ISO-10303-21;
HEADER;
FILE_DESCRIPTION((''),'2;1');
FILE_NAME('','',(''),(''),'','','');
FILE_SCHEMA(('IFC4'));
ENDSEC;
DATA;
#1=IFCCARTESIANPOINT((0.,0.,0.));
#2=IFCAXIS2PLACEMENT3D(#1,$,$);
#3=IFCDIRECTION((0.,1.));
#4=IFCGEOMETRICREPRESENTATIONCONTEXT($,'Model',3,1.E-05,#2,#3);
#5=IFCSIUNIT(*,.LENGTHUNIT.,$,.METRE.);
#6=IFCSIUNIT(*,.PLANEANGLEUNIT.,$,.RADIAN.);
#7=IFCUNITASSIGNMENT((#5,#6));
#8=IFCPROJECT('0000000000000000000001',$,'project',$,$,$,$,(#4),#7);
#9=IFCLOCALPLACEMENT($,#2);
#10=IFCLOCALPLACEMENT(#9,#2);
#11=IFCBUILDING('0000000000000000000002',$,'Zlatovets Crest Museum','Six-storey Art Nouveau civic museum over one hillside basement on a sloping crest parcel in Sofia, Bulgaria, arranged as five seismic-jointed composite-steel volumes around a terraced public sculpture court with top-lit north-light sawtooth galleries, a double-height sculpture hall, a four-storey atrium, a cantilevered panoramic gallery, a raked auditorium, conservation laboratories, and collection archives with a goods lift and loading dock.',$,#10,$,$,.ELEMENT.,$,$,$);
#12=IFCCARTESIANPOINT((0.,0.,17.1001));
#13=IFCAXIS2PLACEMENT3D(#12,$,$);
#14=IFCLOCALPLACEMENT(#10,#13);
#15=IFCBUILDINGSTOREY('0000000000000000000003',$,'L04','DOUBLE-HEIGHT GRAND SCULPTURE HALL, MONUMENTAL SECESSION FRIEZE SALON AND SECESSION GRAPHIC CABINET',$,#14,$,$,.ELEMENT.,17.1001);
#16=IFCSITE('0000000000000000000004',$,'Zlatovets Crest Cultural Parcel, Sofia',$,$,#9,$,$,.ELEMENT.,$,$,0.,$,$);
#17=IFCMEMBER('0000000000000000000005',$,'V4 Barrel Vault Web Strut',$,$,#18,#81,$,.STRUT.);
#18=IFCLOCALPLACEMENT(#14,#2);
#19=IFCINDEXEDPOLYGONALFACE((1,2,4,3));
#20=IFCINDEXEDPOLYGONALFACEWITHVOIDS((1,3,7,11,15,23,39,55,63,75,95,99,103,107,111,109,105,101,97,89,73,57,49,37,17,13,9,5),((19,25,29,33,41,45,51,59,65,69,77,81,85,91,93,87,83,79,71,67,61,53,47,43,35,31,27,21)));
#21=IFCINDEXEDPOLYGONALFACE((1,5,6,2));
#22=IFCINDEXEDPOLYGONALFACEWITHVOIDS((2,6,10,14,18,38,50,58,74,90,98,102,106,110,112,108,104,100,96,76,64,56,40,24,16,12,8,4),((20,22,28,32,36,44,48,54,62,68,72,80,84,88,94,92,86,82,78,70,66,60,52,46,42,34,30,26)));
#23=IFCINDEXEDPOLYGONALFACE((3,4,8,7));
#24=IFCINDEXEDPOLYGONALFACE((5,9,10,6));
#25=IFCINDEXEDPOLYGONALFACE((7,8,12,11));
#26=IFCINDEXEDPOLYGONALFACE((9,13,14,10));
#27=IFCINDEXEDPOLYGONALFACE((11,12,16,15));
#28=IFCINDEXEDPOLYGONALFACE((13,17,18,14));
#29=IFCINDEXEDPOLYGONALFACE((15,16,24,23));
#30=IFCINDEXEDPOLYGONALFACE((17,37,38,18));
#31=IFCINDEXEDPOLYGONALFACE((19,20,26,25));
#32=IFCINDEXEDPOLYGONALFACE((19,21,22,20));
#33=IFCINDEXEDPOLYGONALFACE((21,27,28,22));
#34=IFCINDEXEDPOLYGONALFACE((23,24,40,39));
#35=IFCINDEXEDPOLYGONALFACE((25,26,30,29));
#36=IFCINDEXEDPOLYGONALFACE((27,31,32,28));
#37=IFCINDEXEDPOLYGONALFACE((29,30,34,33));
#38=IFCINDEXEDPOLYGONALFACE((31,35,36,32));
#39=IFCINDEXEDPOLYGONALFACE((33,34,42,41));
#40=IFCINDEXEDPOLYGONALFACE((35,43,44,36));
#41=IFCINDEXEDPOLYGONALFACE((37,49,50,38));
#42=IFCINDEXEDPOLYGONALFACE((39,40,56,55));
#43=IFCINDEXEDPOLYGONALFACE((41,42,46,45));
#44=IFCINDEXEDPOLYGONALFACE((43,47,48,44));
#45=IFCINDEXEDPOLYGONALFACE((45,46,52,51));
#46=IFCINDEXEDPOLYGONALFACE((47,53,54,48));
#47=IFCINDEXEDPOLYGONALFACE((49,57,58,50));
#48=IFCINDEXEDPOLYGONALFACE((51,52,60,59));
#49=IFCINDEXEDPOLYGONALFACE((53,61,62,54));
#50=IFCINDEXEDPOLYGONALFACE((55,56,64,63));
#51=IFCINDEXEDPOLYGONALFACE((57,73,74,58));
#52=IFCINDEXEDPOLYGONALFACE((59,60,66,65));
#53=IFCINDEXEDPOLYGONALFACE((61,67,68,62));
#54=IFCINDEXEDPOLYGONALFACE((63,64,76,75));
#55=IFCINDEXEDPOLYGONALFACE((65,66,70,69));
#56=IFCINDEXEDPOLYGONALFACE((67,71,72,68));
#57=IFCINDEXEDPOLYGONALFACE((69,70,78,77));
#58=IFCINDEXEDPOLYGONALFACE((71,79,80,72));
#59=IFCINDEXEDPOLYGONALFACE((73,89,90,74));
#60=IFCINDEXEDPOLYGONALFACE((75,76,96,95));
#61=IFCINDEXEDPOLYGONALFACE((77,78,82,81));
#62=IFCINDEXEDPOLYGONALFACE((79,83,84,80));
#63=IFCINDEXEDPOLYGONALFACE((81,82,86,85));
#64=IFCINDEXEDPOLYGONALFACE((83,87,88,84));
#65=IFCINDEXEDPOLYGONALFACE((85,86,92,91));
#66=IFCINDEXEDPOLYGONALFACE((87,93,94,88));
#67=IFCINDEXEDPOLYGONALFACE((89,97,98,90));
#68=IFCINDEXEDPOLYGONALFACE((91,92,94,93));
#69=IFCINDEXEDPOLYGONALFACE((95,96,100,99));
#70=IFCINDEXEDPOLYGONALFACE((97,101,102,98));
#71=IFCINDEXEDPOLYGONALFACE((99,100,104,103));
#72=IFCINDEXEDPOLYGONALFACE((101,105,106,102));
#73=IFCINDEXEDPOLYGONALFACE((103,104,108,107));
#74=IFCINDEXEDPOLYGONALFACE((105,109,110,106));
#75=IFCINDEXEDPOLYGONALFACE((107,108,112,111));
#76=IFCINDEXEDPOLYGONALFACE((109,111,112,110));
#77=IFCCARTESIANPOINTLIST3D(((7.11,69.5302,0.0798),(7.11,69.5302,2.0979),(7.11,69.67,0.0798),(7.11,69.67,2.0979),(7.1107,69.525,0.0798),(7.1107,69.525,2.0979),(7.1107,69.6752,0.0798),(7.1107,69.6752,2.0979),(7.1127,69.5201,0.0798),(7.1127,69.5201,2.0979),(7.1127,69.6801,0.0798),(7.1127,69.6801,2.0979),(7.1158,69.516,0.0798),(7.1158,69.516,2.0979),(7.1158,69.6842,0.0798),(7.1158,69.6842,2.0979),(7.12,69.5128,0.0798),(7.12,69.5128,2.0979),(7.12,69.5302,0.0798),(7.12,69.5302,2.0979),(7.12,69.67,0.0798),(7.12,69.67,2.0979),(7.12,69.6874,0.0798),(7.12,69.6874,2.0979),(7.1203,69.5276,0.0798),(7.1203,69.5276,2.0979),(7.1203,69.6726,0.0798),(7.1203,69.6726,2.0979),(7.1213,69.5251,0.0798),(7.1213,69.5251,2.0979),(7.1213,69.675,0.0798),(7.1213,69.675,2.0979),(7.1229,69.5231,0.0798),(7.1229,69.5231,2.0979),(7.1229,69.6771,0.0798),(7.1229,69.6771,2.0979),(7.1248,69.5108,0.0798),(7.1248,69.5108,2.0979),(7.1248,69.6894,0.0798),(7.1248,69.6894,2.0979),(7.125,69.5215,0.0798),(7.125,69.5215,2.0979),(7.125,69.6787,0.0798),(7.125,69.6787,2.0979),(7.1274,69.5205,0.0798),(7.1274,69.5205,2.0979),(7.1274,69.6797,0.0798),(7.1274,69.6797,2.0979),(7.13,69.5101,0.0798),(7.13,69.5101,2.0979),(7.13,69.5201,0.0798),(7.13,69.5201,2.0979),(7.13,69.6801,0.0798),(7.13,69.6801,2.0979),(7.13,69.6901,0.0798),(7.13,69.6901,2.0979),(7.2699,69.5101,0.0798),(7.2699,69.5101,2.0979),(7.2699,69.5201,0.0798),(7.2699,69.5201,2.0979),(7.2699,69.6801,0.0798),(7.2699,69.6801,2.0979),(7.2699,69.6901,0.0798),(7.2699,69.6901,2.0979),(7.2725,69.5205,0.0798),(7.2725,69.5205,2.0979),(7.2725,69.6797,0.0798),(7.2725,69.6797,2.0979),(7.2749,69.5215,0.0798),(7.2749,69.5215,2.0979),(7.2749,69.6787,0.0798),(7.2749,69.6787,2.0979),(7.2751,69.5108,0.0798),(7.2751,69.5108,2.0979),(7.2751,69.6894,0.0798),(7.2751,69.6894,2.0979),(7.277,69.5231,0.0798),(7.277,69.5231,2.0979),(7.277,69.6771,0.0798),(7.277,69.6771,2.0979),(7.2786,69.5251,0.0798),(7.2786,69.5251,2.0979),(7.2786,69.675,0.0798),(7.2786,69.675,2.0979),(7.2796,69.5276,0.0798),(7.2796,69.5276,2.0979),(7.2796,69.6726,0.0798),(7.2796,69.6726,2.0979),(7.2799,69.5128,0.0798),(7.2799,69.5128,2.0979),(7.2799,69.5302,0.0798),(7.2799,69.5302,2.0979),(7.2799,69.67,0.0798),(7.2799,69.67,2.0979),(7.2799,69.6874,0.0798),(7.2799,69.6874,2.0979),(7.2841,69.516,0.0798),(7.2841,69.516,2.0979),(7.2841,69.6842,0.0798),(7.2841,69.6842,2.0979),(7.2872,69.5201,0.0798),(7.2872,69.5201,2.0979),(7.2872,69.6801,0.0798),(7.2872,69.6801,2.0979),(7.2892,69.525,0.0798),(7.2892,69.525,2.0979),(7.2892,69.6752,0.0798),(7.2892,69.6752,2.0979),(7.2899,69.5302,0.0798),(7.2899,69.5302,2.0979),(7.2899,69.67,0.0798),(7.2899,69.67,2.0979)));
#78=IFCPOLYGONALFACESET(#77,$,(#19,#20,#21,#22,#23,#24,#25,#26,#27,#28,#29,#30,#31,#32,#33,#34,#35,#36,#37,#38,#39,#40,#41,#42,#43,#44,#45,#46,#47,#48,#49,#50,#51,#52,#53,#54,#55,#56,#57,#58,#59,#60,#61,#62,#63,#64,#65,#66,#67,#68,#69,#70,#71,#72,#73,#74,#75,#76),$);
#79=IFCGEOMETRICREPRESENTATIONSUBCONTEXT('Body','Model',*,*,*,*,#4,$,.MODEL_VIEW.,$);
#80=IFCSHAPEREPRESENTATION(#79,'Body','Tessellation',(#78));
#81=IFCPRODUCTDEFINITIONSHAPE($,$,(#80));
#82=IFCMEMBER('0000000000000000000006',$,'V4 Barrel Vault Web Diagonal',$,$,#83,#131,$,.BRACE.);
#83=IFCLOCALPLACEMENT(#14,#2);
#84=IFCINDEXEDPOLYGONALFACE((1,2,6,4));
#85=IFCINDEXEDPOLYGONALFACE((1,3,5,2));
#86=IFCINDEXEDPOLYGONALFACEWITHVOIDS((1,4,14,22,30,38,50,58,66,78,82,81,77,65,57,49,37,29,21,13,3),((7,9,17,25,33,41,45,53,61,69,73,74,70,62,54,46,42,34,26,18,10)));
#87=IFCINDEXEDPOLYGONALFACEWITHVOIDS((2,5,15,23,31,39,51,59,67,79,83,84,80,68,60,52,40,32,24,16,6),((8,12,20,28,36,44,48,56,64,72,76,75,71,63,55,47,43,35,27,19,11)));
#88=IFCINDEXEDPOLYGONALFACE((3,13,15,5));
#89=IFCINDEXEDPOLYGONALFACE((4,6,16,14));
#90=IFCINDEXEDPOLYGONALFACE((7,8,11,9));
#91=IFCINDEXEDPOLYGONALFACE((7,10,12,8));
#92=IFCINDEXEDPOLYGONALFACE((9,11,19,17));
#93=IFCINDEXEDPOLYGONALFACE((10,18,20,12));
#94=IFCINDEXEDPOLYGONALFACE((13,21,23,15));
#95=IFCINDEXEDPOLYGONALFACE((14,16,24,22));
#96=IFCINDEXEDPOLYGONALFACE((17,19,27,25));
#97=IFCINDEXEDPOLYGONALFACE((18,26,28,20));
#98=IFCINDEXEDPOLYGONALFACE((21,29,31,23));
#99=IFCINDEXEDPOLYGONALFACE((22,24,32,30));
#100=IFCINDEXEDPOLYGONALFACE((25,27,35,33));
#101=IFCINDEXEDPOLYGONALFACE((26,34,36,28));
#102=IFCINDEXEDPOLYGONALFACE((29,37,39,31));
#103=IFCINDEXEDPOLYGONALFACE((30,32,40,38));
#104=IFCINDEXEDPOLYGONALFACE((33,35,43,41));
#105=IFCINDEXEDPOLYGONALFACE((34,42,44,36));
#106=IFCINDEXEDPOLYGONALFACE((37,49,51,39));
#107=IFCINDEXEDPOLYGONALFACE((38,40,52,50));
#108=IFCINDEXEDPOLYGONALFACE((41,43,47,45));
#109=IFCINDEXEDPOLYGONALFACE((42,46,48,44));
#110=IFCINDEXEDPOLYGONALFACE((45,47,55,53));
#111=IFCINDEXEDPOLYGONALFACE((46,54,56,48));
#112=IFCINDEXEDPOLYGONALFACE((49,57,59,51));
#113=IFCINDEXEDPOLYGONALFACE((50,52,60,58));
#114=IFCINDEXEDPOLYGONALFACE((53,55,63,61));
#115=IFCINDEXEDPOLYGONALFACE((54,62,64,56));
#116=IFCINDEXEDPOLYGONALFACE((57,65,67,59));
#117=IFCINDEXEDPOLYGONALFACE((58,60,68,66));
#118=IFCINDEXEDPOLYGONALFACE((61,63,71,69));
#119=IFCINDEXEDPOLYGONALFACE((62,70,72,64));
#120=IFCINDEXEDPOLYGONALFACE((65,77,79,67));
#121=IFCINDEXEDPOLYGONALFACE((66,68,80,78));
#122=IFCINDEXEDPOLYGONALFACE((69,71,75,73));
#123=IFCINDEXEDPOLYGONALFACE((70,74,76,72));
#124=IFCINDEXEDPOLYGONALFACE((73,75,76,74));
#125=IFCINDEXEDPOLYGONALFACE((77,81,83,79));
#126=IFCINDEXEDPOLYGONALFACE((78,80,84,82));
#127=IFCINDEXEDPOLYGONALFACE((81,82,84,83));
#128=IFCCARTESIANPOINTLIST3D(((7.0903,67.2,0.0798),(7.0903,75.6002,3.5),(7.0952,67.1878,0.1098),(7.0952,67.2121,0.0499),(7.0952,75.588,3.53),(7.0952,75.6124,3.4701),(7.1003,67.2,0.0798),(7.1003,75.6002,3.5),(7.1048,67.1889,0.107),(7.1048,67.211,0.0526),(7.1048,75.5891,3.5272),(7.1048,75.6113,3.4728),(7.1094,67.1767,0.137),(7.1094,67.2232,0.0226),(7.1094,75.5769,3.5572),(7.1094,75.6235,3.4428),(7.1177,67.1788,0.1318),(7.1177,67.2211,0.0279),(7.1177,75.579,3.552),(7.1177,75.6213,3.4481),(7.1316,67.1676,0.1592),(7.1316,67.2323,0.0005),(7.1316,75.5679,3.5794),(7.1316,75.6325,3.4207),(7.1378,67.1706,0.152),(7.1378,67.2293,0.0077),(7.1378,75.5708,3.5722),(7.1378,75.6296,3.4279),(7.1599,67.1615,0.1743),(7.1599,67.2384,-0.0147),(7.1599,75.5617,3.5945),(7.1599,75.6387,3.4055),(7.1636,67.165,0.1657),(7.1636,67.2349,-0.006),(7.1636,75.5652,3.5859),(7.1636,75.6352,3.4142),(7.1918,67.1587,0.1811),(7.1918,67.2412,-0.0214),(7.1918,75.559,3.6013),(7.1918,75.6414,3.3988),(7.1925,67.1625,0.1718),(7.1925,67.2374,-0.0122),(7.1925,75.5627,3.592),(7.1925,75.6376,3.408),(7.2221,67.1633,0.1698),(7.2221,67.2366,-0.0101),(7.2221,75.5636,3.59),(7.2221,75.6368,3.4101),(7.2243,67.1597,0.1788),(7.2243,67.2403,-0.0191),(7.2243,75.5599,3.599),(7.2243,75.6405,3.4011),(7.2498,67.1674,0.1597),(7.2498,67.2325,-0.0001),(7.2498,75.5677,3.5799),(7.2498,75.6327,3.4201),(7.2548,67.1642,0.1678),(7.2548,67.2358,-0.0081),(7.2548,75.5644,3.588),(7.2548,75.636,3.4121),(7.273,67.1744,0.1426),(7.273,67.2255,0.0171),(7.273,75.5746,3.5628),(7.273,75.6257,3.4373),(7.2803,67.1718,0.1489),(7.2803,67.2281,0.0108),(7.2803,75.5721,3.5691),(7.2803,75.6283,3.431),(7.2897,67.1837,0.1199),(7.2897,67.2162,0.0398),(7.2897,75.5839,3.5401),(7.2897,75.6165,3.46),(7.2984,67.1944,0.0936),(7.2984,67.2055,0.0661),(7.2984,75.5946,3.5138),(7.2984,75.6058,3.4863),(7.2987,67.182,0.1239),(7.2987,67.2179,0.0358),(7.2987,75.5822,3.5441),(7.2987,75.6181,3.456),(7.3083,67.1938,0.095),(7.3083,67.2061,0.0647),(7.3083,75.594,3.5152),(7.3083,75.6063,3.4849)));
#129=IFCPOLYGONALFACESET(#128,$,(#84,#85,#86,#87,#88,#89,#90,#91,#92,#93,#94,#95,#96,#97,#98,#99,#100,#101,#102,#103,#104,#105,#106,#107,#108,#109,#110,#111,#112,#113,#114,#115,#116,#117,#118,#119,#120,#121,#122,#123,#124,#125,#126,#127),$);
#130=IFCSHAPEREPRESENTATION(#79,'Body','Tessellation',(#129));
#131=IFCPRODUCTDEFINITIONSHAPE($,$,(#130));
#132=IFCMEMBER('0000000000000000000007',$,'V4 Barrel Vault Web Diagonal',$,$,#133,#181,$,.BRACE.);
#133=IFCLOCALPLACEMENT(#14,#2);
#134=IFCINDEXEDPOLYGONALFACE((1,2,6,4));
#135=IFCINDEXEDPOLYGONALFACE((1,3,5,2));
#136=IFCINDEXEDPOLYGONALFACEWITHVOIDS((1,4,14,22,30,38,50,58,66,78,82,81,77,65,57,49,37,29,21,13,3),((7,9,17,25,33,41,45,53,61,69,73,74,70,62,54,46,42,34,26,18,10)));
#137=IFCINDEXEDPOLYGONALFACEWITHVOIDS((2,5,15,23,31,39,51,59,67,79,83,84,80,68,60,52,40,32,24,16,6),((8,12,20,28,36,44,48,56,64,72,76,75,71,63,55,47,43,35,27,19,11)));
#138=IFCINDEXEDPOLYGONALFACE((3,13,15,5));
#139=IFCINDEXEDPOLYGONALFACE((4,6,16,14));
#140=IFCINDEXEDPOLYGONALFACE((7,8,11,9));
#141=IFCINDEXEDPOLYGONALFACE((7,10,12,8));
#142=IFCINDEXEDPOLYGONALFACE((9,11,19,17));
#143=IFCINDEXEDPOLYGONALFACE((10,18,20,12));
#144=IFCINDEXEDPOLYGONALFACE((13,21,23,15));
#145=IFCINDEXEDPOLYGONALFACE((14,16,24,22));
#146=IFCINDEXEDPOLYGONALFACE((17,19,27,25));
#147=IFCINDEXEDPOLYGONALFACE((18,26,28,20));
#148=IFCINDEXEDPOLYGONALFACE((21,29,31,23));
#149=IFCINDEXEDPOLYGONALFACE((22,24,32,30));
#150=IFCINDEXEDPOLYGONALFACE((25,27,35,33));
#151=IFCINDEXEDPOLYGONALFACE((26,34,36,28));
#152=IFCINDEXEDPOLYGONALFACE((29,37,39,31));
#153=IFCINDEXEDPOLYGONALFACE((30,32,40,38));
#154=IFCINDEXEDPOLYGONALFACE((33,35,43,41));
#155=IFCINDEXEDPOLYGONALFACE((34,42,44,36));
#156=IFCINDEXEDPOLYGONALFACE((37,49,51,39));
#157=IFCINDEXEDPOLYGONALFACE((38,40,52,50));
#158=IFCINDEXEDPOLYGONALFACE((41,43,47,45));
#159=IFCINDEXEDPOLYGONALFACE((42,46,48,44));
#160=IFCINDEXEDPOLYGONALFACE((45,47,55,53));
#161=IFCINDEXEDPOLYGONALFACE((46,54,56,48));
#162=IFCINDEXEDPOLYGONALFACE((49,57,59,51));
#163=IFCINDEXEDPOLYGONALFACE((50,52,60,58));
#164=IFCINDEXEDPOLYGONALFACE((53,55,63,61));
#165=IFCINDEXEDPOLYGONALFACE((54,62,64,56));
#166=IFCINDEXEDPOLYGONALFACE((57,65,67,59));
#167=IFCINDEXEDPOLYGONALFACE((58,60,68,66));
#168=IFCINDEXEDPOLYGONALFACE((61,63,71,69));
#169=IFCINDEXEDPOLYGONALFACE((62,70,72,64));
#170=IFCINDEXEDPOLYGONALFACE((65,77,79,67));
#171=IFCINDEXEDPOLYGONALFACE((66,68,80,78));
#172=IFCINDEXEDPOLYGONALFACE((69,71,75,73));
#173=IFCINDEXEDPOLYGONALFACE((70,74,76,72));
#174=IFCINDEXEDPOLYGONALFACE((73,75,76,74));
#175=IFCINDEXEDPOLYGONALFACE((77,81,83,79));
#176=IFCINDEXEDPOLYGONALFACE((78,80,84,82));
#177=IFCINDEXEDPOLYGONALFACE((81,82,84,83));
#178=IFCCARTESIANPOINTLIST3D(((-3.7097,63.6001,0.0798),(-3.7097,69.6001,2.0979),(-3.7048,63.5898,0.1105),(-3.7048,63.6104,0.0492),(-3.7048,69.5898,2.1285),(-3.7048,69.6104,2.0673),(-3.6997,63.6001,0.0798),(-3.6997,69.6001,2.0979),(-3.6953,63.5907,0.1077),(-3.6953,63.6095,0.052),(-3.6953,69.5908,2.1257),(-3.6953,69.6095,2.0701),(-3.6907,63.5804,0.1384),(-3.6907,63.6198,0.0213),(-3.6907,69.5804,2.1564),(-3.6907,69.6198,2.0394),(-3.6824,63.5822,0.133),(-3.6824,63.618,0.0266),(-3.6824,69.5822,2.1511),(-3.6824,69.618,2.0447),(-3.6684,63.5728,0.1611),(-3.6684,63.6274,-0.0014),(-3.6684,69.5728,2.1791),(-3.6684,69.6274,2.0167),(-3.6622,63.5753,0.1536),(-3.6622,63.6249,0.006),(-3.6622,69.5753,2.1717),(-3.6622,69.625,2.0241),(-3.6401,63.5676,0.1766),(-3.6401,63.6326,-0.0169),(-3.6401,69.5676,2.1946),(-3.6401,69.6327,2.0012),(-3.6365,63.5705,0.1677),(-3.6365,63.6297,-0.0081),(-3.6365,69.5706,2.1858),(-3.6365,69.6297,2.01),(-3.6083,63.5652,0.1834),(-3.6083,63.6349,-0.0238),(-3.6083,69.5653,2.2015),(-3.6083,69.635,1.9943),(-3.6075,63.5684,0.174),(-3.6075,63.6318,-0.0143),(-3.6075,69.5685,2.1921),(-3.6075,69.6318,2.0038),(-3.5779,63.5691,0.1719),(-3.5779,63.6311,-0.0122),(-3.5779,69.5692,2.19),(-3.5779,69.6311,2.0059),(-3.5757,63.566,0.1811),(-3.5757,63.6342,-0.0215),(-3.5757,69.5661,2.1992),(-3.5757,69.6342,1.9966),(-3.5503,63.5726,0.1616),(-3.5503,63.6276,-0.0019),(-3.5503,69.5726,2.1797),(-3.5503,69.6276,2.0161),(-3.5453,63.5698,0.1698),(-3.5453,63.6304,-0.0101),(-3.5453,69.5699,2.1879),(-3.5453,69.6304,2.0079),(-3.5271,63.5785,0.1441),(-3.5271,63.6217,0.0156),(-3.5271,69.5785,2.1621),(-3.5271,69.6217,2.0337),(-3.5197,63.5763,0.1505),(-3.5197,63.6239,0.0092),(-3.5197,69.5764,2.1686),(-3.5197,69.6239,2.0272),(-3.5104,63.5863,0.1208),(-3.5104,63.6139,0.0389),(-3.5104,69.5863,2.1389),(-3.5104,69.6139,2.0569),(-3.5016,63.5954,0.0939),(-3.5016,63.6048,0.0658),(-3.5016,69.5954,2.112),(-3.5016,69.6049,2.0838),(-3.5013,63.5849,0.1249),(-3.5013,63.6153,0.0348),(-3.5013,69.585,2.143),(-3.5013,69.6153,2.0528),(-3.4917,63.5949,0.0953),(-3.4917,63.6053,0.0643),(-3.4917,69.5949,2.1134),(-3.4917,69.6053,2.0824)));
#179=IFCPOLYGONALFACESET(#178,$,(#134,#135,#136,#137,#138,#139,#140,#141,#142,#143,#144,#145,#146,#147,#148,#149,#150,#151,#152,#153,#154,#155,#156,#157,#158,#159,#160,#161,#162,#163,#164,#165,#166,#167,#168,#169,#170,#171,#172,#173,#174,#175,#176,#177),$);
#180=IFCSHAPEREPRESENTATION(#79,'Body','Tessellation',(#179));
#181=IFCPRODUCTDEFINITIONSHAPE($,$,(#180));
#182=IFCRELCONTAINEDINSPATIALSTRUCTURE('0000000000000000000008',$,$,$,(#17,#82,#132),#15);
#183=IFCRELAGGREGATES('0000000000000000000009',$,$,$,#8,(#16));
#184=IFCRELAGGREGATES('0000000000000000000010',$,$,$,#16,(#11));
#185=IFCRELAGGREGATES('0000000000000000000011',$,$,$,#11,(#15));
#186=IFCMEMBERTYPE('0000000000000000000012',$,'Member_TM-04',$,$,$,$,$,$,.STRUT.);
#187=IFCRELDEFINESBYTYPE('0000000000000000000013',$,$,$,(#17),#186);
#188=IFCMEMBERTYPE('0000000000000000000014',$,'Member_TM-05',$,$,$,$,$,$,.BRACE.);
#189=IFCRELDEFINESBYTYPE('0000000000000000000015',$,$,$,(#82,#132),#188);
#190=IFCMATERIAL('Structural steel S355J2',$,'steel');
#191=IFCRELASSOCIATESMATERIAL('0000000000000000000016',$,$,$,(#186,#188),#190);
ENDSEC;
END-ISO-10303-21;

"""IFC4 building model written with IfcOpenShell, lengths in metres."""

from ifc_helpers import new_model, si_unit, direction, frame, origin, origin_2d, place, context, subcontext, project, spatial, hollow_rectangle, hollow_circle, extrude, material, material_profile, profile_set, type_object, element, save


model = new_model("IFC4")

# Units and contexts
model_context = context("Model", 3, precision=1e-05, world=origin(), true_north=direction((0.0, 1.0)))
body_context = subcontext(model_context, "Body", "Model", "MODEL_VIEW")
ifc_project = project(units=[si_unit("LENGTHUNIT", "METRE"), si_unit("PLANEANGLEUNIT", "RADIAN")], contexts=[model_context])

# Site, building, storey
site_placement = place(None, origin())
site = spatial("IfcSite", under=ifc_project, at=site_placement, Name="Zlatovets Crest Cultural Parcel, Sofia", CompositionType="ELEMENT", RefElevation=0.0)
building_placement = place(site_placement, origin())
building = spatial("IfcBuilding", under=site, at=building_placement, Name="Zlatovets Crest Museum", Description="Six-storey Art Nouveau civic museum over one hillside basement on a sloping crest parcel in Sofia, Bulgaria, arranged as five seismic-jointed composite-steel volumes around a terraced public sculpture court with top-lit north-light sawtooth galleries, a double-height sculpture hall, a four-storey atrium, a cantilevered panoramic gallery, a raked auditorium, conservation laboratories, and collection archives with a goods lift and loading dock.", CompositionType="ELEMENT")
storey_placement = place(building_placement, frame((0.0, 0.0, 17.1001)))
storey = spatial("IfcBuildingStorey", under=building, at=storey_placement, Name="L04", Description="DOUBLE-HEIGHT GRAND SCULPTURE HALL, MONUMENTAL SECESSION FRIEZE SALON AND SECESSION GRAPHIC CABINET", CompositionType="ELEMENT", Elevation=17.1001)

# Shared definitions
ifc_material_1 = material(Name="Structural steel S355J2", Category="steel")

# Members
ifc_material_profile_1 = material_profile(ifc_material_1, hollow_rectangle(XDim=0.1799, YDim=0.1799, WallThickness=0.01, InnerFilletRadius=0.01, OuterFilletRadius=0.02, at=origin_2d()), Name="SHS 180x180x10.0")
ifc_profile_set_1 = profile_set([ifc_material_profile_1], Name="Structural steel S355J2")
member_type_1 = type_object("IfcMemberType", Name="Member_TM-04", PredefinedType="STRUT", material=ifc_profile_set_1)
member_1_placement = place(storey_placement, frame((7.2, 69.6001, 0.0798), z_axis=(0.0, 0.0, 1.0), x_axis=(1.0, 0.0, 0.0)))
element("IfcMember", 1, at=member_1_placement, inside=storey, type_object=member_type_1, Name="V4 Barrel Vault Web Strut", PredefinedType="STRUT", context=body_context, shape_type="SweptSolid", body=[
    extrude(hollow_rectangle(XDim=0.1799, YDim=0.1799, WallThickness=0.01, InnerFilletRadius=0.01, OuterFilletRadius=0.02, at=origin_2d()), origin(), (0.0, 0.0, 1.0), 2.0181),
])
ifc_material_profile_2 = material_profile(ifc_material_1, hollow_circle(Radius=0.1096, WallThickness=0.01, at=origin_2d()), Name="CHS 219.1x10.0")
ifc_profile_set_2 = profile_set([ifc_material_profile_2], Name="Structural steel S355J2")
member_type_2 = type_object("IfcMemberType", Name="Member_TM-05", PredefinedType="BRACE", material=ifc_profile_set_2)
member_2_placement = place(storey_placement, frame((7.2, 67.2, 0.0798), z_axis=(0.0, 0.926174, 0.377097), x_axis=(-1.0, 0.0, 0.0)))
element("IfcMember", 2, at=member_2_placement, inside=storey, type_object=member_type_2, Name="V4 Barrel Vault Web Diagonal", PredefinedType="BRACE", context=body_context, shape_type="SweptSolid", body=[
    extrude(hollow_circle(Radius=0.1096, WallThickness=0.01, at=origin_2d()), origin(), (0.0, 0.0, 1.0), 9.0698),
])
member_3_placement = place(storey_placement, frame((-3.6001, 63.6001, 0.0798), z_axis=(0.0, 0.947824, 0.318795), x_axis=(-1.0, 0.0, 0.0)))
element("IfcMember", 3, at=member_3_placement, inside=storey, type_object=member_type_2, Name="V4 Barrel Vault Web Diagonal", PredefinedType="BRACE", context=body_context, shape_type="SweptSolid", body=[
    extrude(hollow_circle(Radius=0.1096, WallThickness=0.01, at=origin_2d()), origin(), (0.0, 0.0, 1.0), 6.3303),
])

save(model, "model.ifc")
